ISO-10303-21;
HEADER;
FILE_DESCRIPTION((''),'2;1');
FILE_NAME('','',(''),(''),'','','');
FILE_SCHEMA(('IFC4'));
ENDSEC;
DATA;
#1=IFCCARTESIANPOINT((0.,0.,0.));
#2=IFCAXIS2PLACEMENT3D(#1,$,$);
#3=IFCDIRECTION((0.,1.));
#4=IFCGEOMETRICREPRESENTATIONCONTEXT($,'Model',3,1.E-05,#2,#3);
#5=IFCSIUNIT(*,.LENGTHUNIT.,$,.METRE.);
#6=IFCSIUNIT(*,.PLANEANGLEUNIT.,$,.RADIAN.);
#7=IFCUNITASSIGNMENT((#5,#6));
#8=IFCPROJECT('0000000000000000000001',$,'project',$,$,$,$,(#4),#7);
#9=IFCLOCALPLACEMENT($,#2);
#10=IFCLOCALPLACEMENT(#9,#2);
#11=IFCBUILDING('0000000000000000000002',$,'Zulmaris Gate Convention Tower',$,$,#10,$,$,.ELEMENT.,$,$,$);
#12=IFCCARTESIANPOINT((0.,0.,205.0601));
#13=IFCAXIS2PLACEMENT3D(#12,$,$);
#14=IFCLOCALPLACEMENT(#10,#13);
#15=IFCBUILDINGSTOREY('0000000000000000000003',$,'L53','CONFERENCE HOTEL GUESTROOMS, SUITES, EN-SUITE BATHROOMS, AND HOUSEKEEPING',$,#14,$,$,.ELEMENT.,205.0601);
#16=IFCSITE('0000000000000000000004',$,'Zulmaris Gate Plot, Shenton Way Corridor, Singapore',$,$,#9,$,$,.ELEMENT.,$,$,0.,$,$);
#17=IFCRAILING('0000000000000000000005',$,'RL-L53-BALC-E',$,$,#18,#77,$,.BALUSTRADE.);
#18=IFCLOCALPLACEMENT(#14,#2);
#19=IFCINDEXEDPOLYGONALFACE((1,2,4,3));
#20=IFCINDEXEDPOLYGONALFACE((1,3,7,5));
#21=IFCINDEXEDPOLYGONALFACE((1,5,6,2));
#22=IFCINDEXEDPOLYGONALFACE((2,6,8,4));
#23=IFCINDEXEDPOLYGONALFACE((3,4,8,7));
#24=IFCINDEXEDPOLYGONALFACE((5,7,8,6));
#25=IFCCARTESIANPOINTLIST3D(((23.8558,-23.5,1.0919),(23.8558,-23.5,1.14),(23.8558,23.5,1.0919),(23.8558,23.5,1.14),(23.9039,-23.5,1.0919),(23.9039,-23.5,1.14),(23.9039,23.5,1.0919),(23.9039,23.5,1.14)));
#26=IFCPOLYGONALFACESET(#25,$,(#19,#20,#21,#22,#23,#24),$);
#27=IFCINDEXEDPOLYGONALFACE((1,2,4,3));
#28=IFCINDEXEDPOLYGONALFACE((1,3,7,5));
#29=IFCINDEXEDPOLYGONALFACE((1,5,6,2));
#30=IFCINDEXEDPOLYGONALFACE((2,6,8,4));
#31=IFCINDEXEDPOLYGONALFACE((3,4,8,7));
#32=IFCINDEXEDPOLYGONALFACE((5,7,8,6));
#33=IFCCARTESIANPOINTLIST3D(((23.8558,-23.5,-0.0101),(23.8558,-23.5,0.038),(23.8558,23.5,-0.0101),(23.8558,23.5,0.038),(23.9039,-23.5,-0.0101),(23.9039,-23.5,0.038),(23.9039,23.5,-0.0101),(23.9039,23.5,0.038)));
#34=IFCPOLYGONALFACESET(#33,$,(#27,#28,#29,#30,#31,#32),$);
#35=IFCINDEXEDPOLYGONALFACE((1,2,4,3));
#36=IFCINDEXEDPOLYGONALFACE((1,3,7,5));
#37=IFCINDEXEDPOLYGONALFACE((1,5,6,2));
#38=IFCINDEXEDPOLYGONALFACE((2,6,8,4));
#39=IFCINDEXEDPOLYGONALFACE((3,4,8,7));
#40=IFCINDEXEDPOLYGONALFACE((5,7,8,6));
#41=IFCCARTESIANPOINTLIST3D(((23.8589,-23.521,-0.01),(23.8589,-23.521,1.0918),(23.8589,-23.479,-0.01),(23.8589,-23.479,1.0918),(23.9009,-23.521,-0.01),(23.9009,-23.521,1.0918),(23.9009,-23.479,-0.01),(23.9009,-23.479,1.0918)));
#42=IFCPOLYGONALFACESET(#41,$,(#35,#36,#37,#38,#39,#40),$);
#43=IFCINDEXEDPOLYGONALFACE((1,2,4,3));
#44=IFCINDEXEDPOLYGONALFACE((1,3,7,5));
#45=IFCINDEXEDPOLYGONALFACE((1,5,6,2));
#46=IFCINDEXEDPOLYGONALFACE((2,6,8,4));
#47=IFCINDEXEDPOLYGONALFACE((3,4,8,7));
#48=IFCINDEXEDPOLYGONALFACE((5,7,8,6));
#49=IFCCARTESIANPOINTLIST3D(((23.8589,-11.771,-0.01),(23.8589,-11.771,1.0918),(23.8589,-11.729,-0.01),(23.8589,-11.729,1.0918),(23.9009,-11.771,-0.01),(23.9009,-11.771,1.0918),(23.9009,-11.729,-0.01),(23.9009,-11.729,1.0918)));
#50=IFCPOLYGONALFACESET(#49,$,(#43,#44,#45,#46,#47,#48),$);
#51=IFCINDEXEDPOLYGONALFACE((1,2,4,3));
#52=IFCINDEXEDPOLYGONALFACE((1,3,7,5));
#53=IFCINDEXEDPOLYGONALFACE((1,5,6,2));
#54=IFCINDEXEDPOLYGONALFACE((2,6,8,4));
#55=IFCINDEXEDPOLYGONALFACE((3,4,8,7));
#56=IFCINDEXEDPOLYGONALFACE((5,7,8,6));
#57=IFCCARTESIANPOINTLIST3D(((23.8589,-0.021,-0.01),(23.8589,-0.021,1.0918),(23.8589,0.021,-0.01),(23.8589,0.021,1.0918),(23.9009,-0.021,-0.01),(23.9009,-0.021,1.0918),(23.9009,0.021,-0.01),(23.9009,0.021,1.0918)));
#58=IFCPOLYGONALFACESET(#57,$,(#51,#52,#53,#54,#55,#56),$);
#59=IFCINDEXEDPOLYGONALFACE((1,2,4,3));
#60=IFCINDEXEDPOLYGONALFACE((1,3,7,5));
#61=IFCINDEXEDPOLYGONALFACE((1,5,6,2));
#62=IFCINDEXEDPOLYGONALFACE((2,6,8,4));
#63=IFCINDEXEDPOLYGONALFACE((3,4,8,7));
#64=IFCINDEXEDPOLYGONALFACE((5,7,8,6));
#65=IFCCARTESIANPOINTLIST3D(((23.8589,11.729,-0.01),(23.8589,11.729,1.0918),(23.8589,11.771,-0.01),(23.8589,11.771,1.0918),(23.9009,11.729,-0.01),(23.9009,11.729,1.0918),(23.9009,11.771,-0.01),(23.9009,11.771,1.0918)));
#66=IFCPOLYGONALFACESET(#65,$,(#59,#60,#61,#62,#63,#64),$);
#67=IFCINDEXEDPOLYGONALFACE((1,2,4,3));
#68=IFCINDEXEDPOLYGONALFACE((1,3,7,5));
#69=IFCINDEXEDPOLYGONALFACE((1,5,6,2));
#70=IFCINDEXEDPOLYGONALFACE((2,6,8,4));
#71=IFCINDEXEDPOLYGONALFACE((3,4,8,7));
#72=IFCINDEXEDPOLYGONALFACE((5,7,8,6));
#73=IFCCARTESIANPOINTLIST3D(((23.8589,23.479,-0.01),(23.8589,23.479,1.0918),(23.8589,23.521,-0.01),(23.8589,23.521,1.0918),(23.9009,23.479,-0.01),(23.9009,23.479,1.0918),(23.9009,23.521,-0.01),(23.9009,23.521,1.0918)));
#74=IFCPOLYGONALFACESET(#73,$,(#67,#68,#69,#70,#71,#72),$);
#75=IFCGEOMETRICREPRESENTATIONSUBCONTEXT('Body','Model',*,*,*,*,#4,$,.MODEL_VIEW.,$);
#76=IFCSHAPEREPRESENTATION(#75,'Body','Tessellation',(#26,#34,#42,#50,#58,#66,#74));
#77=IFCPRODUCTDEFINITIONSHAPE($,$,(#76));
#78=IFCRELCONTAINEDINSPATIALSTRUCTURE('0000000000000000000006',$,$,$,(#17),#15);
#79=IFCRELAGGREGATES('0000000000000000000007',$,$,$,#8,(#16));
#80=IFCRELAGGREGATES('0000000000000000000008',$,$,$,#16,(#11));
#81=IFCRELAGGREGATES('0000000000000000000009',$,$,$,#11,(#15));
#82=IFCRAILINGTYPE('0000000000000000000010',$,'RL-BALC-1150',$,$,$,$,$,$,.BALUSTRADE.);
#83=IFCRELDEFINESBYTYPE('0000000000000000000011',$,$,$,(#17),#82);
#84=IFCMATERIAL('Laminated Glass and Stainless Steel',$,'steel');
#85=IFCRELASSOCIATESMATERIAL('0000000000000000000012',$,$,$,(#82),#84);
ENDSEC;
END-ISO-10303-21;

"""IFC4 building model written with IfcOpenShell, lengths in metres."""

from ifc_helpers import new_model, si_unit, direction, frame, origin, origin_2d, place, context, subcontext, project, spatial, rectangle, extrude, material, type_object, element, save


model = new_model("IFC4")

# Units and contexts
model_context = context("Model", 3, precision=1e-05, world=origin(), true_north=direction((0.0, 1.0)))
body_context = subcontext(model_context, "Body", "Model", "MODEL_VIEW")
ifc_project = project(units=[si_unit("LENGTHUNIT", "METRE"), si_unit("PLANEANGLEUNIT", "RADIAN")], contexts=[model_context])

# Site, building, storey
site_placement = place(None, origin())
site = spatial("IfcSite", under=ifc_project, at=site_placement, Name="Zulmaris Gate Plot, Shenton Way Corridor, Singapore", CompositionType="ELEMENT", RefElevation=0.0)
building_placement = place(site_placement, origin())
building = spatial("IfcBuilding", under=site, at=building_placement, Name="Zulmaris Gate Convention Tower", CompositionType="ELEMENT")
storey_placement = place(building_placement, frame((0.0, 0.0, 205.0601)))
storey = spatial("IfcBuildingStorey", under=building, at=storey_placement, Name="L53", Description="CONFERENCE HOTEL GUESTROOMS, SUITES, EN-SUITE BATHROOMS, AND HOUSEKEEPING", CompositionType="ELEMENT", Elevation=205.0601)

# Railing
ifc_material_1 = material(Name="Laminated Glass and Stainless Steel", Category="steel")
railing_type = type_object("IfcRailingType", Name="RL-BALC-1150", PredefinedType="BALUSTRADE", material=ifc_material_1)
railing_placement = place(storey_placement, frame((23.8799, -23.5, -0.01)))
element("IfcRailing", 1, at=railing_placement, inside=storey, type_object=railing_type, Name="RL-L53-BALC-E", PredefinedType="BALUSTRADE", context=body_context, shape_type="SweptSolid", body=[
    extrude(rectangle(XDim=0.0481, YDim=0.0481, at=origin_2d()), frame((0.0, 0.0, 1.126), z_axis=(0.0, 1.0, 0.0), x_axis=(-1.0, 0.0, 0.0)), (0.0, 0.0, 1.0), 47.0),
    extrude(rectangle(XDim=0.0481, YDim=0.0481, at=origin_2d()), frame((0.0, 0.0, 0.0239), z_axis=(0.0, 1.0, 0.0), x_axis=(-1.0, 0.0, 0.0)), (0.0, 0.0, 1.0), 47.0),
    extrude(rectangle(XDim=0.042, YDim=0.042, at=origin_2d()), origin(), (0.0, 0.0, 1.0), 1.1018),
    extrude(rectangle(XDim=0.042, YDim=0.042, at=origin_2d()), frame((0.0, 11.75, 0.0)), (0.0, 0.0, 1.0), 1.1018),
    extrude(rectangle(XDim=0.042, YDim=0.042, at=origin_2d()), frame((0.0, 23.5, 0.0)), (0.0, 0.0, 1.0), 1.1018),
    extrude(rectangle(XDim=0.042, YDim=0.042, at=origin_2d()), frame((0.0, 35.25, 0.0)), (0.0, 0.0, 1.0), 1.1018),
    extrude(rectangle(XDim=0.042, YDim=0.042, at=origin_2d()), frame((0.0, 47.0, 0.0)), (0.0, 0.0, 1.0), 1.1018),
])

save(model, "model.ifc")
